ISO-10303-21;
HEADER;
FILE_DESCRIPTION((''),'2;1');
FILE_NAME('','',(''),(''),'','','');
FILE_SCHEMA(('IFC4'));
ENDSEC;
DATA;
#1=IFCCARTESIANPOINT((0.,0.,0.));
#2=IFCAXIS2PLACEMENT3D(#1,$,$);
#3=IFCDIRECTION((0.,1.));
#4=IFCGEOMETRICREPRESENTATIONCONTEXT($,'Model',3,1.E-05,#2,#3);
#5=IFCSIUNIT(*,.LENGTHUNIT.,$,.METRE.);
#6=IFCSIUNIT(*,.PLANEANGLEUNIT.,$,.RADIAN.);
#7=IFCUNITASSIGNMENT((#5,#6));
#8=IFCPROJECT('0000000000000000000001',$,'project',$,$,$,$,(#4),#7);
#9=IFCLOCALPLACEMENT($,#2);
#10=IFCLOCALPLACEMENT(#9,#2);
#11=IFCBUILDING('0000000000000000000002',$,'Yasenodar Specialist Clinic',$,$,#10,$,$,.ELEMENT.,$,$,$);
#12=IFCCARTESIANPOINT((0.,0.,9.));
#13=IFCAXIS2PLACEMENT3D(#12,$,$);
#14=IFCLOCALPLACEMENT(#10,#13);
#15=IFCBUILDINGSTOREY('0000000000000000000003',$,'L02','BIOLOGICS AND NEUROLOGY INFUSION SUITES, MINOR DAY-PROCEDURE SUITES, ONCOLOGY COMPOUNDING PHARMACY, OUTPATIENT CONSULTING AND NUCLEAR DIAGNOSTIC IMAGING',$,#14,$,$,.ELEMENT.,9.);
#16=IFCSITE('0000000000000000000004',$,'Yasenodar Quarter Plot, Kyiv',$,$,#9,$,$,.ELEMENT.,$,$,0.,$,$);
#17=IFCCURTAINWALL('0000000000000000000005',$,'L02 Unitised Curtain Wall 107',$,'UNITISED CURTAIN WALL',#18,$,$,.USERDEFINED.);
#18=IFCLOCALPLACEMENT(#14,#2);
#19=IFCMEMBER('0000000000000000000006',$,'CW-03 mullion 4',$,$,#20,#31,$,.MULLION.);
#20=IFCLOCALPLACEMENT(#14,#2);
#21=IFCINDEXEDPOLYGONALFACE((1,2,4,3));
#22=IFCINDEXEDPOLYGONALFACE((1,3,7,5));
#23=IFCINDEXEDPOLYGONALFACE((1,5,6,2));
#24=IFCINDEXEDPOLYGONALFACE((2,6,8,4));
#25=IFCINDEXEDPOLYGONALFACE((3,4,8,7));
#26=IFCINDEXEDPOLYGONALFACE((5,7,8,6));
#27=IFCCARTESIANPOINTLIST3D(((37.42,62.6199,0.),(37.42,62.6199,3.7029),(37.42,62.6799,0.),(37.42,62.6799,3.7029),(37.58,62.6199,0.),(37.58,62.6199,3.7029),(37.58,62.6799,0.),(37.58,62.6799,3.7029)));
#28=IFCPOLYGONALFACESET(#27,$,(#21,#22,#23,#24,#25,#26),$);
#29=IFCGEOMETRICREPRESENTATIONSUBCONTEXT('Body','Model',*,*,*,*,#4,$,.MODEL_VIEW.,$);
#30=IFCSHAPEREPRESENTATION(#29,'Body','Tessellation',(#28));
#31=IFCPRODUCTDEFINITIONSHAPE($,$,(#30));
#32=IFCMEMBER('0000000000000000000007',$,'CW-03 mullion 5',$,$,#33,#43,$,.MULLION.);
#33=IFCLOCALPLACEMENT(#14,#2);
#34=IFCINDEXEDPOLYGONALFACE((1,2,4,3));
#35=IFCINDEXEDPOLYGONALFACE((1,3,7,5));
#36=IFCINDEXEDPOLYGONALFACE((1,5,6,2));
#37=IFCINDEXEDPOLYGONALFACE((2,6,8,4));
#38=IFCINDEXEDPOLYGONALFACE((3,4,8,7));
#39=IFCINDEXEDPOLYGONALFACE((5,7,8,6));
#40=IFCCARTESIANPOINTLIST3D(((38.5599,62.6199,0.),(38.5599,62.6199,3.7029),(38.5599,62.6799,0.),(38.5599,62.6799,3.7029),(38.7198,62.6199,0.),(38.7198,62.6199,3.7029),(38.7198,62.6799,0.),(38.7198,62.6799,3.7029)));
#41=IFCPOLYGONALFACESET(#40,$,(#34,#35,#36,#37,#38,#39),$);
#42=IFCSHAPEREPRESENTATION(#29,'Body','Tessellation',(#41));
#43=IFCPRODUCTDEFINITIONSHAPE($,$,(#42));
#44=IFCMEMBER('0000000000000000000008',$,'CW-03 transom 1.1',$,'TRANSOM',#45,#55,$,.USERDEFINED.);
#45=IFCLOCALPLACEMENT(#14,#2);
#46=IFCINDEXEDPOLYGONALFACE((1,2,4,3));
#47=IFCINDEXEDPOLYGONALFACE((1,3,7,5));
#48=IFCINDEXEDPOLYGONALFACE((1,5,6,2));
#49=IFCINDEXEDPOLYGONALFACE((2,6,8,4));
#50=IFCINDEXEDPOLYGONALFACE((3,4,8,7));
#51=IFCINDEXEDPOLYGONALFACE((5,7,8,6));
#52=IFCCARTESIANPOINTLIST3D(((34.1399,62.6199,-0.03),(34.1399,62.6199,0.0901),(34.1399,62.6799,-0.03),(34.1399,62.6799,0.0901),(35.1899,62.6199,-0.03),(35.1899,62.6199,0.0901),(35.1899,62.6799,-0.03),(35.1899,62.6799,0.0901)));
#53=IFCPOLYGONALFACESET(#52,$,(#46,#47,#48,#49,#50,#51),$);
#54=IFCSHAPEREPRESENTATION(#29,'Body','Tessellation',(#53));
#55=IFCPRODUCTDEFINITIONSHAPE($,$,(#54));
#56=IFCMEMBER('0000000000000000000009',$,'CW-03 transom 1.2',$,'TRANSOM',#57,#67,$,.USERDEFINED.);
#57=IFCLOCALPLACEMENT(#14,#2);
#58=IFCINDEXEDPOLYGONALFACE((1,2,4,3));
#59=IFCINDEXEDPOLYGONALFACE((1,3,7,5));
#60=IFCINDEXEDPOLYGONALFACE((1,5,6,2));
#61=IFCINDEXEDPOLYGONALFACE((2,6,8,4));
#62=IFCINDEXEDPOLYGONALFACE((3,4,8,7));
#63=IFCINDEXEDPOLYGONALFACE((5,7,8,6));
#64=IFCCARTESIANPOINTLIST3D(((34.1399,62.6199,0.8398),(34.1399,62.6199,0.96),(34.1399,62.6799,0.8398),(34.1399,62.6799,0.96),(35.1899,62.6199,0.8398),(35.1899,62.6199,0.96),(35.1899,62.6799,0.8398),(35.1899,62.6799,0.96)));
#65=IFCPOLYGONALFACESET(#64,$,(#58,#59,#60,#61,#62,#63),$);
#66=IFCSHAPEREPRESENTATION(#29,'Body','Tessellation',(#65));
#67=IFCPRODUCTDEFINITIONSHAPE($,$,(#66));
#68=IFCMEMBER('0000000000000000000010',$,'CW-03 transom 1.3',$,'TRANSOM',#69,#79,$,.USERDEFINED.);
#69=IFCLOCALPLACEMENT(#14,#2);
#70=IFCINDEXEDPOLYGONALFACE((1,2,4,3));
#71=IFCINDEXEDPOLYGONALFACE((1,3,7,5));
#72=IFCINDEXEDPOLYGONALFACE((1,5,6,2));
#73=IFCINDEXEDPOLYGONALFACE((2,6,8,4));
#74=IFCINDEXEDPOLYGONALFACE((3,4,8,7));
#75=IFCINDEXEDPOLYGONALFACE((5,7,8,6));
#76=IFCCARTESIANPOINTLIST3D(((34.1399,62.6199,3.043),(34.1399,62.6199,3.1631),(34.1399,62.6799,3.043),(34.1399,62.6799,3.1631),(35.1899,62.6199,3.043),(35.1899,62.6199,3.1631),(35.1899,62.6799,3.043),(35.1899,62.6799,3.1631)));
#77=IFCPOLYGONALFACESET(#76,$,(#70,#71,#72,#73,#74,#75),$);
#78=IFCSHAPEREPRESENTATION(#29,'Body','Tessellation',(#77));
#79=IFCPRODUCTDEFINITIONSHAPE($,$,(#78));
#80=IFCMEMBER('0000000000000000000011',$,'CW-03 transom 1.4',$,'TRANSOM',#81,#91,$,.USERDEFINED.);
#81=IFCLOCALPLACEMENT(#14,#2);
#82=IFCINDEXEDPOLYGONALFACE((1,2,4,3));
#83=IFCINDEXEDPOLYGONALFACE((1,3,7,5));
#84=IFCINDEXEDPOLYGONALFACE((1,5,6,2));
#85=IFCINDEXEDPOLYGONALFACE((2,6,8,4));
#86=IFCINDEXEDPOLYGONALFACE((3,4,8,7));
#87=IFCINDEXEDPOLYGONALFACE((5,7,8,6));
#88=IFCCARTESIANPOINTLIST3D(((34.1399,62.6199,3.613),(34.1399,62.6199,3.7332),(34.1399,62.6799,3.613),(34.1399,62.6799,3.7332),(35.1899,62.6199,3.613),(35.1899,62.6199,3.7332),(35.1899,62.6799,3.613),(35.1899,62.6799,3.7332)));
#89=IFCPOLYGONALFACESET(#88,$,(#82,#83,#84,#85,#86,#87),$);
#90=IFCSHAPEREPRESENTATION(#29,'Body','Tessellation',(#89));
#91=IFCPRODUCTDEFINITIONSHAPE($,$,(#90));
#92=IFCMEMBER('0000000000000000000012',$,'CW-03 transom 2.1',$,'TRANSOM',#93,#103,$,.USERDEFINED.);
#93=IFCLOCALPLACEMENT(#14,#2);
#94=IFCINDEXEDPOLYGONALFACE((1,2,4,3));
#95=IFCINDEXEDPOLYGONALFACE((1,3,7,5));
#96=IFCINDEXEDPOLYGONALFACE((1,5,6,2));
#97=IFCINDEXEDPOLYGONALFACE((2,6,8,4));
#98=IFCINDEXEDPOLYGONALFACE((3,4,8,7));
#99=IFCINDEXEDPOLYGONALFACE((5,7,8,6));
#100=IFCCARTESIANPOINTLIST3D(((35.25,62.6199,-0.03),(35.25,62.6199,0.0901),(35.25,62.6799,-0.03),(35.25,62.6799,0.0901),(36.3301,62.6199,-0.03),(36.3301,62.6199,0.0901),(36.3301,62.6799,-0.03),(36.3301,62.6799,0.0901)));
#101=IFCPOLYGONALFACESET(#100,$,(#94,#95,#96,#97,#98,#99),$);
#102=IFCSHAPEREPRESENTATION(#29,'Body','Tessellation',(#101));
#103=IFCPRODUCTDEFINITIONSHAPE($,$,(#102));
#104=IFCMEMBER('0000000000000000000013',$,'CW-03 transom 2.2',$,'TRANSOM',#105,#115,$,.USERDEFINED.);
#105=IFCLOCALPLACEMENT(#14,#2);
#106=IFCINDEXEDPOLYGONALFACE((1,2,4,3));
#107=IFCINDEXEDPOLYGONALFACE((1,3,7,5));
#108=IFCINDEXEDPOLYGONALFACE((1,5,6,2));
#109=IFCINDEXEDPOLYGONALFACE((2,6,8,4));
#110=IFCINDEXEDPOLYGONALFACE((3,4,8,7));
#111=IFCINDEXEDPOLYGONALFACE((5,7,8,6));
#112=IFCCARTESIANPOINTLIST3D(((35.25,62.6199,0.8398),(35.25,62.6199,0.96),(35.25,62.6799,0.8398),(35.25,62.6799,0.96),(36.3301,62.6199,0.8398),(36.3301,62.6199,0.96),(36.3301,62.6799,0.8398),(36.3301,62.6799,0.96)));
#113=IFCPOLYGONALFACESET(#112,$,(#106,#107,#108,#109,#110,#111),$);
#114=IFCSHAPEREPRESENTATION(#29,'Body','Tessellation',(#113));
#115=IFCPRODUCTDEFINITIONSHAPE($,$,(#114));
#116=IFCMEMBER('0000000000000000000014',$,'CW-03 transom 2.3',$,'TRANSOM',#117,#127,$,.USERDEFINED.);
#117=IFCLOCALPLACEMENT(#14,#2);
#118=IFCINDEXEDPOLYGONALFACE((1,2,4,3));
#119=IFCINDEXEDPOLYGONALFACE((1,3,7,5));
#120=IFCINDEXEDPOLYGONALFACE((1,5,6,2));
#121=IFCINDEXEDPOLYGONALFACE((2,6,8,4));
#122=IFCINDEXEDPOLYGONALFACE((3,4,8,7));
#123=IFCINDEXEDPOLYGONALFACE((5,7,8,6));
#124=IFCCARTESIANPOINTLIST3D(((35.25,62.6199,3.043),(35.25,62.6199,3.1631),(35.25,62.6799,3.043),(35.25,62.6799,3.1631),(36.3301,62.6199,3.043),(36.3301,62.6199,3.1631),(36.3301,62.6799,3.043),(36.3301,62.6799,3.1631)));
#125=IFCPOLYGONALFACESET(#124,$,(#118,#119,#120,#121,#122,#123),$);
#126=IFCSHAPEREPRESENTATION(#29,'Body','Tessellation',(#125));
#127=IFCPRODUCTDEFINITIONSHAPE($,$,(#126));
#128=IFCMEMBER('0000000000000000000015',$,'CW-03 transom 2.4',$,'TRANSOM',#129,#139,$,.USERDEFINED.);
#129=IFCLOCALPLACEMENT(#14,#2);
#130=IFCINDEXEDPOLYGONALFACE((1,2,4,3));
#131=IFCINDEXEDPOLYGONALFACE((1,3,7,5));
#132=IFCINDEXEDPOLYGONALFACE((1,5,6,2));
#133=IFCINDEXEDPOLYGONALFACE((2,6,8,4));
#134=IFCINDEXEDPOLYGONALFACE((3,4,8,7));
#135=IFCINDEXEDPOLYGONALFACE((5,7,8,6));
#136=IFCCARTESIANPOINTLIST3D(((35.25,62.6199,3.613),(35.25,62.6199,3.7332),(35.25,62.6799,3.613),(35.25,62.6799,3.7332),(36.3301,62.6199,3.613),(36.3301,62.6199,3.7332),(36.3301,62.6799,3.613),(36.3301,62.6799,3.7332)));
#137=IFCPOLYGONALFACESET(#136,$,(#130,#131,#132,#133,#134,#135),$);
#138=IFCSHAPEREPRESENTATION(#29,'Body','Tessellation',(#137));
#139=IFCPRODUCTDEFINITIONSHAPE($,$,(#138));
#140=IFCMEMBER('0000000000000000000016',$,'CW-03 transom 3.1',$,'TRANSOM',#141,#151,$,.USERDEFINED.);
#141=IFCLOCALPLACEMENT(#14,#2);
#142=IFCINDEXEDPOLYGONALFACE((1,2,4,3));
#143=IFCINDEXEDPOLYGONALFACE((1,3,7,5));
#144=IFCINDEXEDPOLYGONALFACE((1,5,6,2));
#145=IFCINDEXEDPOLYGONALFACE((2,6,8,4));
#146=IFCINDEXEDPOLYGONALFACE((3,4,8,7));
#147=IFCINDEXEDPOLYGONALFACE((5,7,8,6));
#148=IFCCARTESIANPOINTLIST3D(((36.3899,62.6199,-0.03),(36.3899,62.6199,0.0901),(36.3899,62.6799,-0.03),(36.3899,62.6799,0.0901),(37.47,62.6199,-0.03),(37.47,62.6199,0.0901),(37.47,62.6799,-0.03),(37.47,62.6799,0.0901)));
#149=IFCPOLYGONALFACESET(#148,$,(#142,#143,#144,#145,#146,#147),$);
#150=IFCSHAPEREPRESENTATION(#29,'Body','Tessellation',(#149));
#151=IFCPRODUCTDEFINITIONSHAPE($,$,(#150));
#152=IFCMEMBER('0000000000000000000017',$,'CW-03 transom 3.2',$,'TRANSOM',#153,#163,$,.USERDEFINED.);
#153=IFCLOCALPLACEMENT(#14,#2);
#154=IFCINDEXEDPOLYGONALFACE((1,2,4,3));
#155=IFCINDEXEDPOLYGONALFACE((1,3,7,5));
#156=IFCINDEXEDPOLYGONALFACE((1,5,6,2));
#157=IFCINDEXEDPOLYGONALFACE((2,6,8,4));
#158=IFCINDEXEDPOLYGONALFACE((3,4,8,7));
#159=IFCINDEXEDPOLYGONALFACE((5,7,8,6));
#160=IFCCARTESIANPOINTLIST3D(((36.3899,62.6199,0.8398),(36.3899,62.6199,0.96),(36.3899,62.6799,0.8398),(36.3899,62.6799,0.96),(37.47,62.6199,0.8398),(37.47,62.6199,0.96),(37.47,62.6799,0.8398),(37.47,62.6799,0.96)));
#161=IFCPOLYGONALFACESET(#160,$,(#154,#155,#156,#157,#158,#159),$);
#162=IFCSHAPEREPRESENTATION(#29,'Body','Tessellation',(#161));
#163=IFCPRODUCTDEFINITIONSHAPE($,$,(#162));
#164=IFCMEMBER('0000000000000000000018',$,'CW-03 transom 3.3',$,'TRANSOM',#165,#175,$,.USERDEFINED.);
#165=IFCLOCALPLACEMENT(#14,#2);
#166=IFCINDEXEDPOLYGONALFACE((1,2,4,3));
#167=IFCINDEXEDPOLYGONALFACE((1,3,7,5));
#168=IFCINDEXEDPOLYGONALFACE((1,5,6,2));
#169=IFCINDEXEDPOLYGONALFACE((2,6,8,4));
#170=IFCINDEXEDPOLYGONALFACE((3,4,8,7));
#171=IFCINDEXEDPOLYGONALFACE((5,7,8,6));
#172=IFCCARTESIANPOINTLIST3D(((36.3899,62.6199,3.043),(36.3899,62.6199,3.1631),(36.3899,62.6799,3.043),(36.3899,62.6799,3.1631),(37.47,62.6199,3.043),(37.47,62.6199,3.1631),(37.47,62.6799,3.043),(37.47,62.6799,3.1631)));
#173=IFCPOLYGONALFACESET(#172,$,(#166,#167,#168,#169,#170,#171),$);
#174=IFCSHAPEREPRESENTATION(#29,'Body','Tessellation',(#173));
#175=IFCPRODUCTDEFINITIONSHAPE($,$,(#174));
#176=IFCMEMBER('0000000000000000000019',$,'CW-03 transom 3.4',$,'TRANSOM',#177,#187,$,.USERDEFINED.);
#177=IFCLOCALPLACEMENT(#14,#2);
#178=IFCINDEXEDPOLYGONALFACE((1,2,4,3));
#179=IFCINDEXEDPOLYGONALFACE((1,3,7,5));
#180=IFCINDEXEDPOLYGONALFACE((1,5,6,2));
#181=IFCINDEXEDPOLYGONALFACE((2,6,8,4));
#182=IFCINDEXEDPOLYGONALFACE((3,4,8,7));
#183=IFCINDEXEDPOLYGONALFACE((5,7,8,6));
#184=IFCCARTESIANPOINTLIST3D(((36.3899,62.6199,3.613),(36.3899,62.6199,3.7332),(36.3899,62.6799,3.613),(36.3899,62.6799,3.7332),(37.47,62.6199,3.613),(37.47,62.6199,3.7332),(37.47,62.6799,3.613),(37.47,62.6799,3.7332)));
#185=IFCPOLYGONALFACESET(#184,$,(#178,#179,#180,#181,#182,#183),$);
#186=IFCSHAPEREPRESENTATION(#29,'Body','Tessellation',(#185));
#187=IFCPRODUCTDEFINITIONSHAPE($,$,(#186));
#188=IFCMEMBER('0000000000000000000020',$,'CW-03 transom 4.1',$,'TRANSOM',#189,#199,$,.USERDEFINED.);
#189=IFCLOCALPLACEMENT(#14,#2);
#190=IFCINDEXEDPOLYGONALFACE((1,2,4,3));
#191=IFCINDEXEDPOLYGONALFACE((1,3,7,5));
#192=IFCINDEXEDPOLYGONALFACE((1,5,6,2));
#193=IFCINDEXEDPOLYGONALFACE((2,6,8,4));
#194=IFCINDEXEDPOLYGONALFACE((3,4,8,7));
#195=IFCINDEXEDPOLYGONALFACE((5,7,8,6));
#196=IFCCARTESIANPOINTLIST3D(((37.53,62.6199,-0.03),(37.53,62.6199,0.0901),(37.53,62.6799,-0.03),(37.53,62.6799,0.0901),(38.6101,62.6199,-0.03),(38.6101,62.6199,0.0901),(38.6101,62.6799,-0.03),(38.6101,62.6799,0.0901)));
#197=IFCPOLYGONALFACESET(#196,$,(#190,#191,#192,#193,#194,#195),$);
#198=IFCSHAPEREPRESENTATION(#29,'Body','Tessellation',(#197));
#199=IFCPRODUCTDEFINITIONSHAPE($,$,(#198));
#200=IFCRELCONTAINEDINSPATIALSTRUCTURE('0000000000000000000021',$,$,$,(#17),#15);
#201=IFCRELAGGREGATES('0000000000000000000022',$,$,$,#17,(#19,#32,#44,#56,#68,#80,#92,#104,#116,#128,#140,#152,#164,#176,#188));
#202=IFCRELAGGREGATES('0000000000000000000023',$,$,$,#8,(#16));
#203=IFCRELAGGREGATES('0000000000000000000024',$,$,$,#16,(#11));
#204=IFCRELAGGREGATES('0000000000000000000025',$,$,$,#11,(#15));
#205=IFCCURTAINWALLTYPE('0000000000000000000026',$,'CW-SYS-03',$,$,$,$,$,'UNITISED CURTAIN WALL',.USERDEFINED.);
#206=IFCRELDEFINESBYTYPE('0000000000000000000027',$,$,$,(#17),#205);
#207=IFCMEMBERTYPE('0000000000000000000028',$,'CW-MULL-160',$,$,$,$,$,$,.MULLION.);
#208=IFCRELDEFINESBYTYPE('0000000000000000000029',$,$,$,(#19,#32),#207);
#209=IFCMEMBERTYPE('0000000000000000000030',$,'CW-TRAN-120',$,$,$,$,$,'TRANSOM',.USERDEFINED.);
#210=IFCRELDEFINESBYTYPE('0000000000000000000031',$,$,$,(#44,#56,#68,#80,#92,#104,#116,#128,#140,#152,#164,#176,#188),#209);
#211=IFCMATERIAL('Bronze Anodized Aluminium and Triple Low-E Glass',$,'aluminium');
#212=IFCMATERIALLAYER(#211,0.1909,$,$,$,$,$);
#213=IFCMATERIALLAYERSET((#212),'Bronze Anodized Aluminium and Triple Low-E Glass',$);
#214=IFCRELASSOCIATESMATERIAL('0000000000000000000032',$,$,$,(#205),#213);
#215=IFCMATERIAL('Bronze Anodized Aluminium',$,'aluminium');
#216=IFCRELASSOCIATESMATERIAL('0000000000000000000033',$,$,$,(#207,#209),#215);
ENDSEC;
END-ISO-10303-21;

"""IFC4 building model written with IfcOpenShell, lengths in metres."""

from ifc_helpers import new_model, si_unit, direction, frame, origin, origin_2d, place, context, subcontext, project, spatial, rectangle, extrude, material, layer, layer_set, material_profile, profile_set, type_object, element, aggregate, save


model = new_model("IFC4")

# Units and contexts
model_context = context("Model", 3, precision=1e-05, world=origin(), true_north=direction((0.0, 1.0)))
body_context = subcontext(model_context, "Body", "Model", "MODEL_VIEW")
ifc_project = project(units=[si_unit("LENGTHUNIT", "METRE"), si_unit("PLANEANGLEUNIT", "RADIAN")], contexts=[model_context])

# Site, building, storey
site_placement = place(None, origin())
site = spatial("IfcSite", under=ifc_project, at=site_placement, Name="Yasenodar Quarter Plot, Kyiv", CompositionType="ELEMENT", RefElevation=0.0)
building_placement = place(site_placement, origin())
building = spatial("IfcBuilding", under=site, at=building_placement, Name="Yasenodar Specialist Clinic", CompositionType="ELEMENT")
storey_placement = place(building_placement, frame((0.0, 0.0, 9.0)))
storey = spatial("IfcBuildingStorey", under=building, at=storey_placement, Name="L02", Description="BIOLOGICS AND NEUROLOGY INFUSION SUITES, MINOR DAY-PROCEDURE SUITES, ONCOLOGY COMPOUNDING PHARMACY, OUTPATIENT CONSULTING AND NUCLEAR DIAGNOSTIC IMAGING", CompositionType="ELEMENT", Elevation=9.0)

# Curtain wall, members
ifc_material_1 = material(Name="Bronze Anodized Aluminium and Triple Low-E Glass", Category="aluminium")
ifc_layer_1 = layer(ifc_material_1, 0.1909)
ifc_layer_set_1 = layer_set([ifc_layer_1], Name="Bronze Anodized Aluminium and Triple Low-E Glass")
curtain_wall_type = type_object("IfcCurtainWallType", Name="CW-SYS-03", ElementType="UNITISED CURTAIN WALL", PredefinedType="USERDEFINED", material=ifc_layer_set_1)
curtain_wall_placement = place(storey_placement, origin())
curtain_wall = element("IfcCurtainWall", 1, at=curtain_wall_placement, inside=storey, type_object=curtain_wall_type, Name="L02 Unitised Curtain Wall 107", ObjectType="UNITISED CURTAIN WALL", PredefinedType="USERDEFINED")
ifc_material_2 = material(Name="Bronze Anodized Aluminium", Category="aluminium")
ifc_material_profile_1 = material_profile(ifc_material_2, rectangle(XDim=0.0601, YDim=0.1599, at=origin_2d()), Name="CW-MULL 60x160")
ifc_profile_set_1 = profile_set([ifc_material_profile_1], Name="Bronze Anodized Aluminium")
member_type_1 = type_object("IfcMemberType", Name="CW-MULL-160", PredefinedType="MULLION", material=ifc_profile_set_1)
member_1_placement = place(storey_placement, frame((37.5, 62.6499, 0.0), z_axis=(0.0, 0.0, 1.0), x_axis=(0.0, 1.0, 0.0)))
member_1 = element("IfcMember", 2, at=member_1_placement, type_object=member_type_1, Name="CW-03 mullion 4", PredefinedType="MULLION", context=body_context, shape_type="SweptSolid", body=[
    extrude(rectangle(XDim=0.0601, YDim=0.1599, at=origin_2d()), origin(), (0.0, 0.0, 1.0), 3.7029),
])
member_2_placement = place(storey_placement, frame((38.6399, 62.6499, 0.0), z_axis=(0.0, 0.0, 1.0), x_axis=(0.0, 1.0, 0.0)))
member_2 = element("IfcMember", 3, at=member_2_placement, type_object=member_type_1, Name="CW-03 mullion 5", PredefinedType="MULLION", context=body_context, shape_type="SweptSolid", body=[
    extrude(rectangle(XDim=0.0601, YDim=0.1599, at=origin_2d()), origin(), (0.0, 0.0, 1.0), 3.7029),
])
ifc_material_profile_2 = material_profile(ifc_material_2, rectangle(XDim=0.0601, YDim=0.1201, at=origin_2d()), Name="CW-TRAN 60x120")
ifc_profile_set_2 = profile_set([ifc_material_profile_2], Name="Bronze Anodized Aluminium")
member_type_2 = type_object("IfcMemberType", Name="CW-TRAN-120", ElementType="TRANSOM", PredefinedType="USERDEFINED", material=ifc_profile_set_2)
member_3_placement = place(storey_placement, frame((34.1399, 62.6499, 0.03), z_axis=(1.0, 0.0, 0.0), x_axis=(0.0, 1.0, 0.0)))
member_3 = element("IfcMember", 4, at=member_3_placement, type_object=member_type_2, Name="CW-03 transom 1.1", ObjectType="TRANSOM", PredefinedType="USERDEFINED", context=body_context, shape_type="SweptSolid", body=[
    extrude(rectangle(XDim=0.0601, YDim=0.1201, at=origin_2d()), origin(), (0.0, 0.0, 1.0), 1.05),
])
member_4_placement = place(storey_placement, frame((34.1399, 62.6499, 0.8999), z_axis=(1.0, 0.0, 0.0), x_axis=(0.0, 1.0, 0.0)))
member_4 = element("IfcMember", 5, at=member_4_placement, type_object=member_type_2, Name="CW-03 transom 1.2", ObjectType="TRANSOM", PredefinedType="USERDEFINED", context=body_context, shape_type="SweptSolid", body=[
    extrude(rectangle(XDim=0.0601, YDim=0.1201, at=origin_2d()), origin(), (0.0, 0.0, 1.0), 1.05),
])
member_5_placement = place(storey_placement, frame((34.1399, 62.6499, 3.103), z_axis=(1.0, 0.0, 0.0), x_axis=(0.0, 1.0, 0.0)))
member_5 = element("IfcMember", 6, at=member_5_placement, type_object=member_type_2, Name="CW-03 transom 1.3", ObjectType="TRANSOM", PredefinedType="USERDEFINED", context=body_context, shape_type="SweptSolid", body=[
    extrude(rectangle(XDim=0.0601, YDim=0.1201, at=origin_2d()), origin(), (0.0, 0.0, 1.0), 1.05),
])
member_6_placement = place(storey_placement, frame((34.1399, 62.6499, 3.6731), z_axis=(1.0, 0.0, 0.0), x_axis=(0.0, 1.0, 0.0)))
member_6 = element("IfcMember", 7, at=member_6_placement, type_object=member_type_2, Name="CW-03 transom 1.4", ObjectType="TRANSOM", PredefinedType="USERDEFINED", context=body_context, shape_type="SweptSolid", body=[
    extrude(rectangle(XDim=0.0601, YDim=0.1201, at=origin_2d()), origin(), (0.0, 0.0, 1.0), 1.05),
])
member_7_placement = place(storey_placement, frame((35.25, 62.6499, 0.03), z_axis=(1.0, 0.0, 0.0), x_axis=(0.0, 1.0, 0.0)))
member_7 = element("IfcMember", 8, at=member_7_placement, type_object=member_type_2, Name="CW-03 transom 2.1", ObjectType="TRANSOM", PredefinedType="USERDEFINED", context=body_context, shape_type="SweptSolid", body=[
    extrude(rectangle(XDim=0.0601, YDim=0.1201, at=origin_2d()), origin(), (0.0, 0.0, 1.0), 1.0801),
])
member_8_placement = place(storey_placement, frame((35.25, 62.6499, 0.8999), z_axis=(1.0, 0.0, 0.0), x_axis=(0.0, 1.0, 0.0)))
member_8 = element("IfcMember", 9, at=member_8_placement, type_object=member_type_2, Name="CW-03 transom 2.2", ObjectType="TRANSOM", PredefinedType="USERDEFINED", context=body_context, shape_type="SweptSolid", body=[
    extrude(rectangle(XDim=0.0601, YDim=0.1201, at=origin_2d()), origin(), (0.0, 0.0, 1.0), 1.0801),
])
member_9_placement = place(storey_placement, frame((35.25, 62.6499, 3.103), z_axis=(1.0, 0.0, 0.0), x_axis=(0.0, 1.0, 0.0)))
member_9 = element("IfcMember", 10, at=member_9_placement, type_object=member_type_2, Name="CW-03 transom 2.3", ObjectType="TRANSOM", PredefinedType="USERDEFINED", context=body_context, shape_type="SweptSolid", body=[
    extrude(rectangle(XDim=0.0601, YDim=0.1201, at=origin_2d()), origin(), (0.0, 0.0, 1.0), 1.0801),
])
member_10_placement = place(storey_placement, frame((35.25, 62.6499, 3.6731), z_axis=(1.0, 0.0, 0.0), x_axis=(0.0, 1.0, 0.0)))
member_10 = element("IfcMember", 11, at=member_10_placement, type_object=member_type_2, Name="CW-03 transom 2.4", ObjectType="TRANSOM", PredefinedType="USERDEFINED", context=body_context, shape_type="SweptSolid", body=[
    extrude(rectangle(XDim=0.0601, YDim=0.1201, at=origin_2d()), origin(), (0.0, 0.0, 1.0), 1.0801),
])
member_11_placement = place(storey_placement, frame((36.3899, 62.6499, 0.03), z_axis=(1.0, 0.0, 0.0), x_axis=(0.0, 1.0, 0.0)))
member_11 = element("IfcMember", 12, at=member_11_placement, type_object=member_type_2, Name="CW-03 transom 3.1", ObjectType="TRANSOM", PredefinedType="USERDEFINED", context=body_context, shape_type="SweptSolid", body=[
    extrude(rectangle(XDim=0.0601, YDim=0.1201, at=origin_2d()), origin(), (0.0, 0.0, 1.0), 1.0801),
])
member_12_placement = place(storey_placement, frame((36.3899, 62.6499, 0.8999), z_axis=(1.0, 0.0, 0.0), x_axis=(0.0, 1.0, 0.0)))
member_12 = element("IfcMember", 13, at=member_12_placement, type_object=member_type_2, Name="CW-03 transom 3.2", ObjectType="TRANSOM", PredefinedType="USERDEFINED", context=body_context, shape_type="SweptSolid", body=[
    extrude(rectangle(XDim=0.0601, YDim=0.1201, at=origin_2d()), origin(), (0.0, 0.0, 1.0), 1.0801),
])
member_13_placement = place(storey_placement, frame((36.3899, 62.6499, 3.103), z_axis=(1.0, 0.0, 0.0), x_axis=(0.0, 1.0, 0.0)))
member_13 = element("IfcMember", 14, at=member_13_placement, type_object=member_type_2, Name="CW-03 transom 3.3", ObjectType="TRANSOM", PredefinedType="USERDEFINED", context=body_context, shape_type="SweptSolid", body=[
    extrude(rectangle(XDim=0.0601, YDim=0.1201, at=origin_2d()), origin(), (0.0, 0.0, 1.0), 1.0801),
])
member_14_placement = place(storey_placement, frame((36.3899, 62.6499, 3.6731), z_axis=(1.0, 0.0, 0.0), x_axis=(0.0, 1.0, 0.0)))
member_14 = element("IfcMember", 15, at=member_14_placement, type_object=member_type_2, Name="CW-03 transom 3.4", ObjectType="TRANSOM", PredefinedType="USERDEFINED", context=body_context, shape_type="SweptSolid", body=[
    extrude(rectangle(XDim=0.0601, YDim=0.1201, at=origin_2d()), origin(), (0.0, 0.0, 1.0), 1.0801),
])
member_15_placement = place(storey_placement, frame((37.53, 62.6499, 0.03), z_axis=(1.0, 0.0, 0.0), x_axis=(0.0, 1.0, 0.0)))
member_15 = element("IfcMember", 16, at=member_15_placement, type_object=member_type_2, Name="CW-03 transom 4.1", ObjectType="TRANSOM", PredefinedType="USERDEFINED", context=body_context, shape_type="SweptSolid", body=[
    extrude(rectangle(XDim=0.0601, YDim=0.1201, at=origin_2d()), origin(), (0.0, 0.0, 1.0), 1.0801),
])
aggregate(curtain_wall, [member_1, member_2, member_3, member_4, member_5, member_6, member_7, member_8, member_9, member_10, member_11, member_12, member_13, member_14, member_15])

save(model, "model.ifc")
